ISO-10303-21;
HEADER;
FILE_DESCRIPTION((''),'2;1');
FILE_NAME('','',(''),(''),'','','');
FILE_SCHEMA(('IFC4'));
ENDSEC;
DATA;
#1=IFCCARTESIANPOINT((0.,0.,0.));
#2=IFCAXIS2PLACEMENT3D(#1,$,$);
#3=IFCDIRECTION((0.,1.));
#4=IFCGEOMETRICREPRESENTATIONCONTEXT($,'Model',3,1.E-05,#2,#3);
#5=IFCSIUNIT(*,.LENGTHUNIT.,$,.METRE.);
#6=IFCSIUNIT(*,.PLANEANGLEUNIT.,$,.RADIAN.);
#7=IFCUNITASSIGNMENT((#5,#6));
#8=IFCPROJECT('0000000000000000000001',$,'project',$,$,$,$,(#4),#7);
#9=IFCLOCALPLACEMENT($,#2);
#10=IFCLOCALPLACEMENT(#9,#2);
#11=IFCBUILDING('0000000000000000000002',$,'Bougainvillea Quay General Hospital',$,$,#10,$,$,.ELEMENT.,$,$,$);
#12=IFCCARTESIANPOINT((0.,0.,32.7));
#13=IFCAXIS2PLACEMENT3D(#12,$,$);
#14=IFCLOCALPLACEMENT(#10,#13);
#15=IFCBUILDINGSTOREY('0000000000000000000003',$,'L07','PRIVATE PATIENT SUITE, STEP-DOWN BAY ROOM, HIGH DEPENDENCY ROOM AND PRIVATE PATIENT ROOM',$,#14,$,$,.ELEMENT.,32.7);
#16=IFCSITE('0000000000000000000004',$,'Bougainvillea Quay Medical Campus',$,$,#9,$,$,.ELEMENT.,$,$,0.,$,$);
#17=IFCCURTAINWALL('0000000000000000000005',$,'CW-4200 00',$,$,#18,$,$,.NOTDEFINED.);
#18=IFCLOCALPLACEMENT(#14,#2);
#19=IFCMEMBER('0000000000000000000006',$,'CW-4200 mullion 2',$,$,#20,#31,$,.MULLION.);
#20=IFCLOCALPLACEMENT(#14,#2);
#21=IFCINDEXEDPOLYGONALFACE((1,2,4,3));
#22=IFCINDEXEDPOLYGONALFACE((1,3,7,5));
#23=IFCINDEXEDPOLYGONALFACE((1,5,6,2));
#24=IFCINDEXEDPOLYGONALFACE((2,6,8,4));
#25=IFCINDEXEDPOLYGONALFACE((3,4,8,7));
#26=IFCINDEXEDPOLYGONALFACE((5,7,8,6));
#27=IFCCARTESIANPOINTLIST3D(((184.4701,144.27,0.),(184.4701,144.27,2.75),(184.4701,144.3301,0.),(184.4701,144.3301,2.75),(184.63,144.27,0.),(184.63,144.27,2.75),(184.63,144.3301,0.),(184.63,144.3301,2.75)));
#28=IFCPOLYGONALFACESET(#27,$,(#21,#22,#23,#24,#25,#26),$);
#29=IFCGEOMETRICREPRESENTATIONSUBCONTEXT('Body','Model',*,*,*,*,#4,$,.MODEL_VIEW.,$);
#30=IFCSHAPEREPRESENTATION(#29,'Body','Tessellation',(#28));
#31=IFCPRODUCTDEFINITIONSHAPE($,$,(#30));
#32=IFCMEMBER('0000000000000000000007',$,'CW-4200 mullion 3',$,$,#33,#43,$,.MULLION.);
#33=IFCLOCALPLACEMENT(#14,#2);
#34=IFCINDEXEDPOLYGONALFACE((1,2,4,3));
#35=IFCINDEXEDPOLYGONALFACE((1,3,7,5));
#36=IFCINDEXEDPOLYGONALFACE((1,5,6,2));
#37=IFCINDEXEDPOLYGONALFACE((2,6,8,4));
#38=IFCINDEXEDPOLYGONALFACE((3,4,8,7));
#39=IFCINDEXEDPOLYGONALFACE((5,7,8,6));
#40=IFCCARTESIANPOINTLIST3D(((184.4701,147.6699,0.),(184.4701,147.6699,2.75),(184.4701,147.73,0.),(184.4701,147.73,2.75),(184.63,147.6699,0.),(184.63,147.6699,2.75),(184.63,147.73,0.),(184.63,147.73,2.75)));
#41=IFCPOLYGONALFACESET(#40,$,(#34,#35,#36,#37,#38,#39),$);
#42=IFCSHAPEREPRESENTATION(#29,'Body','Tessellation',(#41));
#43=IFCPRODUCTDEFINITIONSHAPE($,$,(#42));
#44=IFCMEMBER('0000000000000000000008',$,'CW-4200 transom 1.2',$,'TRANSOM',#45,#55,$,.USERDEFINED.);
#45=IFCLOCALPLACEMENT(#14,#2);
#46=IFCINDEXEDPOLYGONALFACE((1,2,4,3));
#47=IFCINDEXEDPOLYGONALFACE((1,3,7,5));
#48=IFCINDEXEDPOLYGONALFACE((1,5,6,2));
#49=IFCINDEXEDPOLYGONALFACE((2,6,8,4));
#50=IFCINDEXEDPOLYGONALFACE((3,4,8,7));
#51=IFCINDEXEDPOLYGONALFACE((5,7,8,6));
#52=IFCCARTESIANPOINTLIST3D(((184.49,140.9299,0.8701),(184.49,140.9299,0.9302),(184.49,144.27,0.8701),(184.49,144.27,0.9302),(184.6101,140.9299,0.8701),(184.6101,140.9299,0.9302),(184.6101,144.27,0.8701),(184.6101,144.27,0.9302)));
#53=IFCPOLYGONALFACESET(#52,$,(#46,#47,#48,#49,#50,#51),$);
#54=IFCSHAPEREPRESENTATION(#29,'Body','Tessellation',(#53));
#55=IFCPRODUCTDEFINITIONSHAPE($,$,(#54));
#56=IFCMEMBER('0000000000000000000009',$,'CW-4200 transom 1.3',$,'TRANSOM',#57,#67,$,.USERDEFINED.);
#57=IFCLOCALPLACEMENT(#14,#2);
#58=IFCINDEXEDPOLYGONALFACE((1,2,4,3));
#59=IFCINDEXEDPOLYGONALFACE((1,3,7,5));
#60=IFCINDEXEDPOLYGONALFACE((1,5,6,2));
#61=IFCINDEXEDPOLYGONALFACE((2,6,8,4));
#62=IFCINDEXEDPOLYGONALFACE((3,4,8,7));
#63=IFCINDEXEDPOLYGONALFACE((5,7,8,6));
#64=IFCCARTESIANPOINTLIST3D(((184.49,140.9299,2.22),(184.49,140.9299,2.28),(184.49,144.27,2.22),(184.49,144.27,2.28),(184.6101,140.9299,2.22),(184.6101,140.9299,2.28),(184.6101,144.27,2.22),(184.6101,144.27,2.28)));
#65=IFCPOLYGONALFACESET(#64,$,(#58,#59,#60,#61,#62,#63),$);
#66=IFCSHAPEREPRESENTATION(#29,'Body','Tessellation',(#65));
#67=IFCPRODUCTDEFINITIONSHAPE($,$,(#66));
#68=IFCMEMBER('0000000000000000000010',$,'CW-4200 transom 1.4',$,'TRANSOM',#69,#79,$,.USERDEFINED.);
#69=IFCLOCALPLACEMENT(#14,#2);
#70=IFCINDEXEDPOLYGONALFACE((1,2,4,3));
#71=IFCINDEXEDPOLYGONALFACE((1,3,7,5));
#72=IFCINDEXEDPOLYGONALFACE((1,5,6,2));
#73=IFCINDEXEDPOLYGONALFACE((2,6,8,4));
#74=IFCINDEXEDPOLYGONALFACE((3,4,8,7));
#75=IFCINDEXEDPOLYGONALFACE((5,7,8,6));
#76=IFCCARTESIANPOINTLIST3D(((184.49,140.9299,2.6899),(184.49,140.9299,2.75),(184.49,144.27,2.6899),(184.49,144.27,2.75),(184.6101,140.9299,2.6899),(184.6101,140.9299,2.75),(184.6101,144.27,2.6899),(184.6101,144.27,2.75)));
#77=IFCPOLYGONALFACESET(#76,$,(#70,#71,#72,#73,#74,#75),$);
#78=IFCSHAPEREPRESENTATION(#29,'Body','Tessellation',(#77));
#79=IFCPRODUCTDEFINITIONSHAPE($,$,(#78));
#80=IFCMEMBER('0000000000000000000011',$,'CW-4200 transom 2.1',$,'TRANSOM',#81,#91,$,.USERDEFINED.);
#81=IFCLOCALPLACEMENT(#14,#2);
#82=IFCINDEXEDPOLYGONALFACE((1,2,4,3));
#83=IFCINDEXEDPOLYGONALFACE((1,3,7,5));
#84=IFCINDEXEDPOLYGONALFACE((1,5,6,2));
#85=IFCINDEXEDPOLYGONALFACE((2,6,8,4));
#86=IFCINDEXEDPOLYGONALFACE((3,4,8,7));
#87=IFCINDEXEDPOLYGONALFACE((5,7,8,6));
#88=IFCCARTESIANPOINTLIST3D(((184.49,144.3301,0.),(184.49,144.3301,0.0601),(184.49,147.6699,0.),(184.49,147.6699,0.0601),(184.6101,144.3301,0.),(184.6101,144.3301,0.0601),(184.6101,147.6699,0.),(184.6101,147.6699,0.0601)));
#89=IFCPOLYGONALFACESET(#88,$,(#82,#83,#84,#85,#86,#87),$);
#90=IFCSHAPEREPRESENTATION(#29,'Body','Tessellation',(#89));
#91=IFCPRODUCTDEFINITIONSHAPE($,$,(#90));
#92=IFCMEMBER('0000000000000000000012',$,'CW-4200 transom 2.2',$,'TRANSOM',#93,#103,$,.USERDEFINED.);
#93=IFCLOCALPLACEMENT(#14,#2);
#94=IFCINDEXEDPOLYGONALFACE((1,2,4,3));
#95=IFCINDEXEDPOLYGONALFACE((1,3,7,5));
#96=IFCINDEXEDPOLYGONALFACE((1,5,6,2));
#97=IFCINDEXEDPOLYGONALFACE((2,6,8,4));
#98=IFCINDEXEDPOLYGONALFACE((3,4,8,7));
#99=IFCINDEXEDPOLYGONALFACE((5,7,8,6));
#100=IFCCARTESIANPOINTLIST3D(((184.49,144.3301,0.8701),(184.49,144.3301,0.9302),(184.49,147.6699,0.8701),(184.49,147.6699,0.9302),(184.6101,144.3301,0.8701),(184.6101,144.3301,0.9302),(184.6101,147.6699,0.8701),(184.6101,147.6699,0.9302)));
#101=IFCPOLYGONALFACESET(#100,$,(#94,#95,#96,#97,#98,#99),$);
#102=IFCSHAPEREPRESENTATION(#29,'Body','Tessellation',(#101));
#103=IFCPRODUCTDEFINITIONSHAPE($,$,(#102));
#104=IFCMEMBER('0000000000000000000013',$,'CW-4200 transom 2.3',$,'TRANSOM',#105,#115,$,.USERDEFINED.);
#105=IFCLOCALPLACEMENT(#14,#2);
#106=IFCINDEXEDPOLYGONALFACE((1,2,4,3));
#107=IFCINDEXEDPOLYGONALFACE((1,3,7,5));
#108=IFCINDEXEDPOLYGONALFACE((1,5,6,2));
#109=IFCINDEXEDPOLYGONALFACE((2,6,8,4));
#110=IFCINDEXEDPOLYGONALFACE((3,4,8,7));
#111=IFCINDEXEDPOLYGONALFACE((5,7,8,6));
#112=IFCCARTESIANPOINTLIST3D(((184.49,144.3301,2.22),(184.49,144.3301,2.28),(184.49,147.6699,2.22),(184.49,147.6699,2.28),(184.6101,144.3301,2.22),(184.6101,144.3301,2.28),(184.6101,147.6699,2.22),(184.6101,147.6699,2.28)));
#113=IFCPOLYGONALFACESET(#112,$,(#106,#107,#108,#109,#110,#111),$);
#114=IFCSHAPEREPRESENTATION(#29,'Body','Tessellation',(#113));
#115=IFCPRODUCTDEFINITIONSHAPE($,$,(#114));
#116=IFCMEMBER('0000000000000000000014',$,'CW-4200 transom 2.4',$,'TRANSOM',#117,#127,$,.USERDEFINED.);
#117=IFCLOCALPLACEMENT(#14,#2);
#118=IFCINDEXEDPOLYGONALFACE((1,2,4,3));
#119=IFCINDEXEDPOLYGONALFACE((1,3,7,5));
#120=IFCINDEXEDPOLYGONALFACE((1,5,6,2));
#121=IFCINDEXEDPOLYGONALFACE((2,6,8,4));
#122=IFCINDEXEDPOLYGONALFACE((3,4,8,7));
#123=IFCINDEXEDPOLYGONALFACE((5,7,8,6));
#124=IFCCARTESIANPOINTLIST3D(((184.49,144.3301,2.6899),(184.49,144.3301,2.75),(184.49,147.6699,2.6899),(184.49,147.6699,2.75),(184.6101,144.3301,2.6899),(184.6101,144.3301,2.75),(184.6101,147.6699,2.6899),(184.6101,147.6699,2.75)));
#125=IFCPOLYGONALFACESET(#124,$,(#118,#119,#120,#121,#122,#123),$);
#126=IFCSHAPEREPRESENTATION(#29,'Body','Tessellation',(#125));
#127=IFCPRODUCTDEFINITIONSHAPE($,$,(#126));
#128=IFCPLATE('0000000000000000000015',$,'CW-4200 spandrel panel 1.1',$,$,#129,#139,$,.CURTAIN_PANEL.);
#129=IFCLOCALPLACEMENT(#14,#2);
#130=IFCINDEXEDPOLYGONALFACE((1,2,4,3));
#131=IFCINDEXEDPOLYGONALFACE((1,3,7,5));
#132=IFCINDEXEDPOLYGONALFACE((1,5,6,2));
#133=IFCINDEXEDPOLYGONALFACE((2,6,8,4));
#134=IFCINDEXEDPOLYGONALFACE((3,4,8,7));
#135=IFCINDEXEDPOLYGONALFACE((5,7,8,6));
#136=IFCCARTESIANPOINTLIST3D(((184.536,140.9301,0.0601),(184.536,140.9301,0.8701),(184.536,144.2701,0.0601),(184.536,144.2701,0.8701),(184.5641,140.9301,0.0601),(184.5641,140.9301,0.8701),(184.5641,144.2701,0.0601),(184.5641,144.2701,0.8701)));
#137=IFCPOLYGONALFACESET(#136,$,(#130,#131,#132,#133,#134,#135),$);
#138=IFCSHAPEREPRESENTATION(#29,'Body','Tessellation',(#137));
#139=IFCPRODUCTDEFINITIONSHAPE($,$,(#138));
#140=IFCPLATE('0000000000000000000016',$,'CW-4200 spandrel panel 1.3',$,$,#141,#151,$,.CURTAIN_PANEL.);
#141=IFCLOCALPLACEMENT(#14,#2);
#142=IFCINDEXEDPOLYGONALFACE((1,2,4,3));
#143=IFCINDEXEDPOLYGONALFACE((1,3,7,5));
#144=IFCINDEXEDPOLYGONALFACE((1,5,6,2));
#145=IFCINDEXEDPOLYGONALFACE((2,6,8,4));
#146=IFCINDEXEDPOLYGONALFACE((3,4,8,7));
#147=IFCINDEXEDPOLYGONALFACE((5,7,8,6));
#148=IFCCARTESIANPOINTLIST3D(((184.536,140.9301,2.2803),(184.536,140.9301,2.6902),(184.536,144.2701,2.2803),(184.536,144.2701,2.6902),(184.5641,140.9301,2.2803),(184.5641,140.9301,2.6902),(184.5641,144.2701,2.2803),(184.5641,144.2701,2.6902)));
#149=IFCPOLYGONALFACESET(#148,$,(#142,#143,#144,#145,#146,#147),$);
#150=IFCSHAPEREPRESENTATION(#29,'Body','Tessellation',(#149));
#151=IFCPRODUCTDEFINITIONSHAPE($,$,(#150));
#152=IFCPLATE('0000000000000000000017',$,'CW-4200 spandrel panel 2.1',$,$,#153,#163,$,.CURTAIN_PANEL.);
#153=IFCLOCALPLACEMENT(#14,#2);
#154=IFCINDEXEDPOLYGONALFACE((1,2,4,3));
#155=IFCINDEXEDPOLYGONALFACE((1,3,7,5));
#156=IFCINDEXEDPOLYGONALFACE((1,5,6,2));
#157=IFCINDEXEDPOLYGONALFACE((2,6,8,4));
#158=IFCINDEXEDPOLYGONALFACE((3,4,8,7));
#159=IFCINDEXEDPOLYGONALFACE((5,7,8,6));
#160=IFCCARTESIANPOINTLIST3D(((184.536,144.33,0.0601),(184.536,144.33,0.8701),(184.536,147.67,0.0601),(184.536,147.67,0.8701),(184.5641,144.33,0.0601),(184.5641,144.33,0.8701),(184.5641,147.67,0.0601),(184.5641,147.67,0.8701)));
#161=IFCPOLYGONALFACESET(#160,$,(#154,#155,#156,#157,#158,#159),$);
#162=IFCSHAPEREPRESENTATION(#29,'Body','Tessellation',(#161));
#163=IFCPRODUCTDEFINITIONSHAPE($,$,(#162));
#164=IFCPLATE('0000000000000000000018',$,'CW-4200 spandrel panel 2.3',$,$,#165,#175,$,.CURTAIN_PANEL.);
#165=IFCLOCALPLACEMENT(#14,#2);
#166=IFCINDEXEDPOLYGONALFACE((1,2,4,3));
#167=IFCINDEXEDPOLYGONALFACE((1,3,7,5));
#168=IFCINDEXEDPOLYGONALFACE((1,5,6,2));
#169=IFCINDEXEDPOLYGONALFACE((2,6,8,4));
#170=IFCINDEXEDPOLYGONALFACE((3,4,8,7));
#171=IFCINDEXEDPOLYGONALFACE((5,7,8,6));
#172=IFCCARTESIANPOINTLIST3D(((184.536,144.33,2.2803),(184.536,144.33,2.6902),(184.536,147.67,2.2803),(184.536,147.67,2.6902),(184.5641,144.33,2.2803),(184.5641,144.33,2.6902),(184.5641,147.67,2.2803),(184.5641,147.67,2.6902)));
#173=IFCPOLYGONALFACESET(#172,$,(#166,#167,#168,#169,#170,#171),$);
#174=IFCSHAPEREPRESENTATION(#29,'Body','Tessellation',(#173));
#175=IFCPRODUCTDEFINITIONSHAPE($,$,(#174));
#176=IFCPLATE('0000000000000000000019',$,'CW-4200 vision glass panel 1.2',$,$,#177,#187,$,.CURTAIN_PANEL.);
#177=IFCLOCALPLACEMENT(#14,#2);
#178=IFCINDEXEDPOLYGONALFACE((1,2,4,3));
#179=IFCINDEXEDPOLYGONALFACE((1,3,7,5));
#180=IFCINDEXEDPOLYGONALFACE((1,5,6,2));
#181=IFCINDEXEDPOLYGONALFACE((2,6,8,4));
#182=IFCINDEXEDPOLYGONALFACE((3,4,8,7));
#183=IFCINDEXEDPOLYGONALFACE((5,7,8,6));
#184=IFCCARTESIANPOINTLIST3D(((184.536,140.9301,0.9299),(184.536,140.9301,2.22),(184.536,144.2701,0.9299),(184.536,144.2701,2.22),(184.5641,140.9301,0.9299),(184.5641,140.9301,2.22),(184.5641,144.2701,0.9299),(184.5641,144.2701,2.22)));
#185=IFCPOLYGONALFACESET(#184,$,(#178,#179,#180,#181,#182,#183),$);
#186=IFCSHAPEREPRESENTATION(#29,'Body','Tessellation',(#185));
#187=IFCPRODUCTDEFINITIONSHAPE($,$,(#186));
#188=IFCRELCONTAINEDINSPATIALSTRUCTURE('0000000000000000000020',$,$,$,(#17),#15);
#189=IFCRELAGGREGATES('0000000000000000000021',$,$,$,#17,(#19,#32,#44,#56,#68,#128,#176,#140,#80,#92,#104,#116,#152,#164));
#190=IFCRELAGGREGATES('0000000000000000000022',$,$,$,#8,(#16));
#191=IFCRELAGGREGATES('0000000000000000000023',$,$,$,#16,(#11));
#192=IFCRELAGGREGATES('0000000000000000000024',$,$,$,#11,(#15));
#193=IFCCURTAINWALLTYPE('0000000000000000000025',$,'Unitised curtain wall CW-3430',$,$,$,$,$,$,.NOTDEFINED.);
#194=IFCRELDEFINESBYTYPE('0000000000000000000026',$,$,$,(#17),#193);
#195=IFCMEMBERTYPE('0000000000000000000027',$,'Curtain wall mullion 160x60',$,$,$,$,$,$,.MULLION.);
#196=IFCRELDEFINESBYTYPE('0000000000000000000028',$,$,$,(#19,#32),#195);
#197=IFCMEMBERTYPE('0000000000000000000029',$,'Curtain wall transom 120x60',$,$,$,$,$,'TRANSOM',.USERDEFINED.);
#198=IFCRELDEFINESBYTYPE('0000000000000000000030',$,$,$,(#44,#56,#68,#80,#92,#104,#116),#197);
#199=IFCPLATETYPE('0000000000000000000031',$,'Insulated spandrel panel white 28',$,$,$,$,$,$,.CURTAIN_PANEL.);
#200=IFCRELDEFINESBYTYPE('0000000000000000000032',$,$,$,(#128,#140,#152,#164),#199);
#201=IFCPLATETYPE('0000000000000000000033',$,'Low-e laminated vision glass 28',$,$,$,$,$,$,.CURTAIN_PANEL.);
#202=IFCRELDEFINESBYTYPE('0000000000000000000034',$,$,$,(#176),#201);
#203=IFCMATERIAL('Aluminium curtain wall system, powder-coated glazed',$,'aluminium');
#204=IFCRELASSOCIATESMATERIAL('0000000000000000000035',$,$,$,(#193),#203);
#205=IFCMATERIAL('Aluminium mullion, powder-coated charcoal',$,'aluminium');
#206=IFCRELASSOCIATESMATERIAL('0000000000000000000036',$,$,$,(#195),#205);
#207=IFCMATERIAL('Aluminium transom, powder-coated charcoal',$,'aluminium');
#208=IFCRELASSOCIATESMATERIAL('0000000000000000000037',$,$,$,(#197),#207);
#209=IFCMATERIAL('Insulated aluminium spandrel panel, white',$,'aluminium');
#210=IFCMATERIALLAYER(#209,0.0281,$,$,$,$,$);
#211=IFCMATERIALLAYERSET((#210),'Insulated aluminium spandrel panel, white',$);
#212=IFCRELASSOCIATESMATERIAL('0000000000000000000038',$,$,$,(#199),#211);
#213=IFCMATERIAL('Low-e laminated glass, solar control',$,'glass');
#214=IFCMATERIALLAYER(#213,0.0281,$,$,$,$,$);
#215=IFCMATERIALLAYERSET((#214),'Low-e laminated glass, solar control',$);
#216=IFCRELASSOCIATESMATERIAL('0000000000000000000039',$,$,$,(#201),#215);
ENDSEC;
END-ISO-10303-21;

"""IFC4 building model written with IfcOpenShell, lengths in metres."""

from ifc_helpers import new_model, si_unit, direction, frame, origin, origin_2d, place, context, subcontext, project, spatial, rectangle, extrude, material, layer, layer_set, material_profile, profile_set, type_object, element, aggregate, save


model = new_model("IFC4")

# Units and contexts
model_context = context("Model", 3, precision=1e-05, world=origin(), true_north=direction((0.0, 1.0)))
body_context = subcontext(model_context, "Body", "Model", "MODEL_VIEW")
ifc_project = project(units=[si_unit("LENGTHUNIT", "METRE"), si_unit("PLANEANGLEUNIT", "RADIAN")], contexts=[model_context])

# Site, building, storey
site_placement = place(None, origin())
site = spatial("IfcSite", under=ifc_project, at=site_placement, Name="Bougainvillea Quay Medical Campus", CompositionType="ELEMENT", RefElevation=0.0)
building_placement = place(site_placement, origin())
building = spatial("IfcBuilding", under=site, at=building_placement, Name="Bougainvillea Quay General Hospital", CompositionType="ELEMENT")
storey_placement = place(building_placement, frame((0.0, 0.0, 32.7)))
storey = spatial("IfcBuildingStorey", under=building, at=storey_placement, Name="L07", Description="PRIVATE PATIENT SUITE, STEP-DOWN BAY ROOM, HIGH DEPENDENCY ROOM AND PRIVATE PATIENT ROOM", CompositionType="ELEMENT", Elevation=32.7)

# Curtain wall, members, plates
ifc_material_1 = material(Name="Aluminium curtain wall system, powder-coated glazed", Category="aluminium")
curtain_wall_type = type_object("IfcCurtainWallType", Name="Unitised curtain wall CW-3430", PredefinedType="NOTDEFINED", material=ifc_material_1)
curtain_wall_placement = place(storey_placement, origin())
curtain_wall = element("IfcCurtainWall", 1, at=curtain_wall_placement, inside=storey, type_object=curtain_wall_type, Name="CW-4200 00", PredefinedType="NOTDEFINED")
ifc_material_2 = material(Name="Aluminium mullion, powder-coated charcoal", Category="aluminium")
ifc_material_profile_1 = material_profile(ifc_material_2, rectangle(XDim=0.1599, YDim=0.0601, at=origin_2d()))
ifc_profile_set_1 = profile_set([ifc_material_profile_1], Name="Aluminium mullion, powder-coated charcoal")
member_type_1 = type_object("IfcMemberType", Name="Curtain wall mullion 160x60", PredefinedType="MULLION", material=ifc_profile_set_1)
member_1_placement = place(storey_placement, frame((184.55, 144.3, 0.0), z_axis=(0.0, 0.0, 1.0), x_axis=(-1.0, 0.0, 0.0)))
member_1 = element("IfcMember", 2, at=member_1_placement, type_object=member_type_1, Name="CW-4200 mullion 2", PredefinedType="MULLION", context=body_context, shape_type="SweptSolid", body=[
    extrude(rectangle(XDim=0.1599, YDim=0.0601, at=origin_2d()), origin(), (0.0, 0.0, 1.0), 2.75),
])
member_2_placement = place(storey_placement, frame((184.55, 147.7, 0.0), z_axis=(0.0, 0.0, 1.0), x_axis=(-1.0, 0.0, 0.0)))
member_2 = element("IfcMember", 3, at=member_2_placement, type_object=member_type_1, Name="CW-4200 mullion 3", PredefinedType="MULLION", context=body_context, shape_type="SweptSolid", body=[
    extrude(rectangle(XDim=0.1599, YDim=0.0601, at=origin_2d()), origin(), (0.0, 0.0, 1.0), 2.75),
])
ifc_material_3 = material(Name="Aluminium transom, powder-coated charcoal", Category="aluminium")
ifc_material_profile_2 = material_profile(ifc_material_3, rectangle(XDim=0.1201, YDim=0.0601, at=origin_2d()))
ifc_profile_set_2 = profile_set([ifc_material_profile_2], Name="Aluminium transom, powder-coated charcoal")
member_type_2 = type_object("IfcMemberType", Name="Curtain wall transom 120x60", ElementType="TRANSOM", PredefinedType="USERDEFINED", material=ifc_profile_set_2)
member_3_placement = place(storey_placement, frame((184.55, 140.9299, 0.9001), z_axis=(0.0, 1.0, 0.0), x_axis=(-1.0, 0.0, 0.0)))
member_3 = element("IfcMember", 4, at=member_3_placement, type_object=member_type_2, Name="CW-4200 transom 1.2", ObjectType="TRANSOM", PredefinedType="USERDEFINED", context=body_context, shape_type="SweptSolid", body=[
    extrude(rectangle(XDim=0.1201, YDim=0.0601, at=origin_2d()), origin(), (0.0, 0.0, 1.0), 3.3401),
])
member_4_placement = place(storey_placement, frame((184.55, 140.9299, 2.25), z_axis=(0.0, 1.0, 0.0), x_axis=(-1.0, 0.0, 0.0)))
member_4 = element("IfcMember", 5, at=member_4_placement, type_object=member_type_2, Name="CW-4200 transom 1.3", ObjectType="TRANSOM", PredefinedType="USERDEFINED", context=body_context, shape_type="SweptSolid", body=[
    extrude(rectangle(XDim=0.1201, YDim=0.0601, at=origin_2d()), origin(), (0.0, 0.0, 1.0), 3.3401),
])
member_5_placement = place(storey_placement, frame((184.55, 140.9299, 2.72), z_axis=(0.0, 1.0, 0.0), x_axis=(-1.0, 0.0, 0.0)))
member_5 = element("IfcMember", 6, at=member_5_placement, type_object=member_type_2, Name="CW-4200 transom 1.4", ObjectType="TRANSOM", PredefinedType="USERDEFINED", context=body_context, shape_type="SweptSolid", body=[
    extrude(rectangle(XDim=0.1201, YDim=0.0601, at=origin_2d()), origin(), (0.0, 0.0, 1.0), 3.3401),
])
member_6_placement = place(storey_placement, frame((184.55, 144.3301, 0.03), z_axis=(0.0, 1.0, 0.0), x_axis=(-1.0, 0.0, 0.0)))
member_6 = element("IfcMember", 7, at=member_6_placement, type_object=member_type_2, Name="CW-4200 transom 2.1", ObjectType="TRANSOM", PredefinedType="USERDEFINED", context=body_context, shape_type="SweptSolid", body=[
    extrude(rectangle(XDim=0.1201, YDim=0.0601, at=origin_2d()), origin(), (0.0, 0.0, 1.0), 3.3398),
])
member_7_placement = place(storey_placement, frame((184.55, 144.3301, 0.9001), z_axis=(0.0, 1.0, 0.0), x_axis=(-1.0, 0.0, 0.0)))
member_7 = element("IfcMember", 8, at=member_7_placement, type_object=member_type_2, Name="CW-4200 transom 2.2", ObjectType="TRANSOM", PredefinedType="USERDEFINED", context=body_context, shape_type="SweptSolid", body=[
    extrude(rectangle(XDim=0.1201, YDim=0.0601, at=origin_2d()), origin(), (0.0, 0.0, 1.0), 3.3398),
])
member_8_placement = place(storey_placement, frame((184.55, 144.3301, 2.25), z_axis=(0.0, 1.0, 0.0), x_axis=(-1.0, 0.0, 0.0)))
member_8 = element("IfcMember", 9, at=member_8_placement, type_object=member_type_2, Name="CW-4200 transom 2.3", ObjectType="TRANSOM", PredefinedType="USERDEFINED", context=body_context, shape_type="SweptSolid", body=[
    extrude(rectangle(XDim=0.1201, YDim=0.0601, at=origin_2d()), origin(), (0.0, 0.0, 1.0), 3.3398),
])
member_9_placement = place(storey_placement, frame((184.55, 144.3301, 2.72), z_axis=(0.0, 1.0, 0.0), x_axis=(-1.0, 0.0, 0.0)))
member_9 = element("IfcMember", 10, at=member_9_placement, type_object=member_type_2, Name="CW-4200 transom 2.4", ObjectType="TRANSOM", PredefinedType="USERDEFINED", context=body_context, shape_type="SweptSolid", body=[
    extrude(rectangle(XDim=0.1201, YDim=0.0601, at=origin_2d()), origin(), (0.0, 0.0, 1.0), 3.3398),
])
ifc_material_4 = material(Name="Insulated aluminium spandrel panel, white", Category="aluminium")
ifc_layer_1 = layer(ifc_material_4, 0.0281)
ifc_layer_set_1 = layer_set([ifc_layer_1], Name="Insulated aluminium spandrel panel, white")
plate_type_1 = type_object("IfcPlateType", Name="Insulated spandrel panel white 28", PredefinedType="CURTAIN_PANEL", material=ifc_layer_set_1)
plate_1_placement = place(storey_placement, frame((184.55, 142.6001, 0.0601), z_axis=(0.0, 0.0, 1.0), x_axis=(0.0, 1.0, 0.0)))
plate_1 = element("IfcPlate", 11, at=plate_1_placement, type_object=plate_type_1, Name="CW-4200 spandrel panel 1.1", PredefinedType="CURTAIN_PANEL", context=body_context, shape_type="SweptSolid", body=[
    extrude(rectangle(XDim=3.3401, YDim=0.0281, at=origin_2d()), origin(), (0.0, 0.0, 1.0), 0.8101),
])
plate_2_placement = place(storey_placement, frame((184.55, 142.6001, 2.2803), z_axis=(0.0, 0.0, 1.0), x_axis=(0.0, 1.0, 0.0)))
plate_2 = element("IfcPlate", 12, at=plate_2_placement, type_object=plate_type_1, Name="CW-4200 spandrel panel 1.3", PredefinedType="CURTAIN_PANEL", context=body_context, shape_type="SweptSolid", body=[
    extrude(rectangle(XDim=3.3401, YDim=0.0281, at=origin_2d()), origin(), (0.0, 0.0, 1.0), 0.4099),
])
plate_3_placement = place(storey_placement, frame((184.55, 146.0, 0.0601), z_axis=(0.0, 0.0, 1.0), x_axis=(0.0, 1.0, 0.0)))
plate_3 = element("IfcPlate", 13, at=plate_3_placement, type_object=plate_type_1, Name="CW-4200 spandrel panel 2.1", PredefinedType="CURTAIN_PANEL", context=body_context, shape_type="SweptSolid", body=[
    extrude(rectangle(XDim=3.3401, YDim=0.0281, at=origin_2d()), origin(), (0.0, 0.0, 1.0), 0.8101),
])
plate_4_placement = place(storey_placement, frame((184.55, 146.0, 2.2803), z_axis=(0.0, 0.0, 1.0), x_axis=(0.0, 1.0, 0.0)))
plate_4 = element("IfcPlate", 14, at=plate_4_placement, type_object=plate_type_1, Name="CW-4200 spandrel panel 2.3", PredefinedType="CURTAIN_PANEL", context=body_context, shape_type="SweptSolid", body=[
    extrude(rectangle(XDim=3.3401, YDim=0.0281, at=origin_2d()), origin(), (0.0, 0.0, 1.0), 0.4099),
])
ifc_material_5 = material(Name="Low-e laminated glass, solar control", Category="glass")
ifc_layer_2 = layer(ifc_material_5, 0.0281)
ifc_layer_set_2 = layer_set([ifc_layer_2], Name="Low-e laminated glass, solar control")
plate_type_2 = type_object("IfcPlateType", Name="Low-e laminated vision glass 28", PredefinedType="CURTAIN_PANEL", material=ifc_layer_set_2)
plate_5_placement = place(storey_placement, frame((184.55, 142.6001, 0.9299), z_axis=(0.0, 0.0, 1.0), x_axis=(0.0, 1.0, 0.0)))
plate_5 = element("IfcPlate", 15, at=plate_5_placement, type_object=plate_type_2, Name="CW-4200 vision glass panel 1.2", PredefinedType="CURTAIN_PANEL", context=body_context, shape_type="SweptSolid", body=[
    extrude(rectangle(XDim=3.3401, YDim=0.0281, at=origin_2d()), origin(), (0.0, 0.0, 1.0), 1.29),
])
aggregate(curtain_wall, [member_1, member_2, member_3, member_4, member_5, plate_1, plate_5, plate_2, member_6, member_7, member_8, member_9, plate_3, plate_4])

save(model, "model.ifc")
